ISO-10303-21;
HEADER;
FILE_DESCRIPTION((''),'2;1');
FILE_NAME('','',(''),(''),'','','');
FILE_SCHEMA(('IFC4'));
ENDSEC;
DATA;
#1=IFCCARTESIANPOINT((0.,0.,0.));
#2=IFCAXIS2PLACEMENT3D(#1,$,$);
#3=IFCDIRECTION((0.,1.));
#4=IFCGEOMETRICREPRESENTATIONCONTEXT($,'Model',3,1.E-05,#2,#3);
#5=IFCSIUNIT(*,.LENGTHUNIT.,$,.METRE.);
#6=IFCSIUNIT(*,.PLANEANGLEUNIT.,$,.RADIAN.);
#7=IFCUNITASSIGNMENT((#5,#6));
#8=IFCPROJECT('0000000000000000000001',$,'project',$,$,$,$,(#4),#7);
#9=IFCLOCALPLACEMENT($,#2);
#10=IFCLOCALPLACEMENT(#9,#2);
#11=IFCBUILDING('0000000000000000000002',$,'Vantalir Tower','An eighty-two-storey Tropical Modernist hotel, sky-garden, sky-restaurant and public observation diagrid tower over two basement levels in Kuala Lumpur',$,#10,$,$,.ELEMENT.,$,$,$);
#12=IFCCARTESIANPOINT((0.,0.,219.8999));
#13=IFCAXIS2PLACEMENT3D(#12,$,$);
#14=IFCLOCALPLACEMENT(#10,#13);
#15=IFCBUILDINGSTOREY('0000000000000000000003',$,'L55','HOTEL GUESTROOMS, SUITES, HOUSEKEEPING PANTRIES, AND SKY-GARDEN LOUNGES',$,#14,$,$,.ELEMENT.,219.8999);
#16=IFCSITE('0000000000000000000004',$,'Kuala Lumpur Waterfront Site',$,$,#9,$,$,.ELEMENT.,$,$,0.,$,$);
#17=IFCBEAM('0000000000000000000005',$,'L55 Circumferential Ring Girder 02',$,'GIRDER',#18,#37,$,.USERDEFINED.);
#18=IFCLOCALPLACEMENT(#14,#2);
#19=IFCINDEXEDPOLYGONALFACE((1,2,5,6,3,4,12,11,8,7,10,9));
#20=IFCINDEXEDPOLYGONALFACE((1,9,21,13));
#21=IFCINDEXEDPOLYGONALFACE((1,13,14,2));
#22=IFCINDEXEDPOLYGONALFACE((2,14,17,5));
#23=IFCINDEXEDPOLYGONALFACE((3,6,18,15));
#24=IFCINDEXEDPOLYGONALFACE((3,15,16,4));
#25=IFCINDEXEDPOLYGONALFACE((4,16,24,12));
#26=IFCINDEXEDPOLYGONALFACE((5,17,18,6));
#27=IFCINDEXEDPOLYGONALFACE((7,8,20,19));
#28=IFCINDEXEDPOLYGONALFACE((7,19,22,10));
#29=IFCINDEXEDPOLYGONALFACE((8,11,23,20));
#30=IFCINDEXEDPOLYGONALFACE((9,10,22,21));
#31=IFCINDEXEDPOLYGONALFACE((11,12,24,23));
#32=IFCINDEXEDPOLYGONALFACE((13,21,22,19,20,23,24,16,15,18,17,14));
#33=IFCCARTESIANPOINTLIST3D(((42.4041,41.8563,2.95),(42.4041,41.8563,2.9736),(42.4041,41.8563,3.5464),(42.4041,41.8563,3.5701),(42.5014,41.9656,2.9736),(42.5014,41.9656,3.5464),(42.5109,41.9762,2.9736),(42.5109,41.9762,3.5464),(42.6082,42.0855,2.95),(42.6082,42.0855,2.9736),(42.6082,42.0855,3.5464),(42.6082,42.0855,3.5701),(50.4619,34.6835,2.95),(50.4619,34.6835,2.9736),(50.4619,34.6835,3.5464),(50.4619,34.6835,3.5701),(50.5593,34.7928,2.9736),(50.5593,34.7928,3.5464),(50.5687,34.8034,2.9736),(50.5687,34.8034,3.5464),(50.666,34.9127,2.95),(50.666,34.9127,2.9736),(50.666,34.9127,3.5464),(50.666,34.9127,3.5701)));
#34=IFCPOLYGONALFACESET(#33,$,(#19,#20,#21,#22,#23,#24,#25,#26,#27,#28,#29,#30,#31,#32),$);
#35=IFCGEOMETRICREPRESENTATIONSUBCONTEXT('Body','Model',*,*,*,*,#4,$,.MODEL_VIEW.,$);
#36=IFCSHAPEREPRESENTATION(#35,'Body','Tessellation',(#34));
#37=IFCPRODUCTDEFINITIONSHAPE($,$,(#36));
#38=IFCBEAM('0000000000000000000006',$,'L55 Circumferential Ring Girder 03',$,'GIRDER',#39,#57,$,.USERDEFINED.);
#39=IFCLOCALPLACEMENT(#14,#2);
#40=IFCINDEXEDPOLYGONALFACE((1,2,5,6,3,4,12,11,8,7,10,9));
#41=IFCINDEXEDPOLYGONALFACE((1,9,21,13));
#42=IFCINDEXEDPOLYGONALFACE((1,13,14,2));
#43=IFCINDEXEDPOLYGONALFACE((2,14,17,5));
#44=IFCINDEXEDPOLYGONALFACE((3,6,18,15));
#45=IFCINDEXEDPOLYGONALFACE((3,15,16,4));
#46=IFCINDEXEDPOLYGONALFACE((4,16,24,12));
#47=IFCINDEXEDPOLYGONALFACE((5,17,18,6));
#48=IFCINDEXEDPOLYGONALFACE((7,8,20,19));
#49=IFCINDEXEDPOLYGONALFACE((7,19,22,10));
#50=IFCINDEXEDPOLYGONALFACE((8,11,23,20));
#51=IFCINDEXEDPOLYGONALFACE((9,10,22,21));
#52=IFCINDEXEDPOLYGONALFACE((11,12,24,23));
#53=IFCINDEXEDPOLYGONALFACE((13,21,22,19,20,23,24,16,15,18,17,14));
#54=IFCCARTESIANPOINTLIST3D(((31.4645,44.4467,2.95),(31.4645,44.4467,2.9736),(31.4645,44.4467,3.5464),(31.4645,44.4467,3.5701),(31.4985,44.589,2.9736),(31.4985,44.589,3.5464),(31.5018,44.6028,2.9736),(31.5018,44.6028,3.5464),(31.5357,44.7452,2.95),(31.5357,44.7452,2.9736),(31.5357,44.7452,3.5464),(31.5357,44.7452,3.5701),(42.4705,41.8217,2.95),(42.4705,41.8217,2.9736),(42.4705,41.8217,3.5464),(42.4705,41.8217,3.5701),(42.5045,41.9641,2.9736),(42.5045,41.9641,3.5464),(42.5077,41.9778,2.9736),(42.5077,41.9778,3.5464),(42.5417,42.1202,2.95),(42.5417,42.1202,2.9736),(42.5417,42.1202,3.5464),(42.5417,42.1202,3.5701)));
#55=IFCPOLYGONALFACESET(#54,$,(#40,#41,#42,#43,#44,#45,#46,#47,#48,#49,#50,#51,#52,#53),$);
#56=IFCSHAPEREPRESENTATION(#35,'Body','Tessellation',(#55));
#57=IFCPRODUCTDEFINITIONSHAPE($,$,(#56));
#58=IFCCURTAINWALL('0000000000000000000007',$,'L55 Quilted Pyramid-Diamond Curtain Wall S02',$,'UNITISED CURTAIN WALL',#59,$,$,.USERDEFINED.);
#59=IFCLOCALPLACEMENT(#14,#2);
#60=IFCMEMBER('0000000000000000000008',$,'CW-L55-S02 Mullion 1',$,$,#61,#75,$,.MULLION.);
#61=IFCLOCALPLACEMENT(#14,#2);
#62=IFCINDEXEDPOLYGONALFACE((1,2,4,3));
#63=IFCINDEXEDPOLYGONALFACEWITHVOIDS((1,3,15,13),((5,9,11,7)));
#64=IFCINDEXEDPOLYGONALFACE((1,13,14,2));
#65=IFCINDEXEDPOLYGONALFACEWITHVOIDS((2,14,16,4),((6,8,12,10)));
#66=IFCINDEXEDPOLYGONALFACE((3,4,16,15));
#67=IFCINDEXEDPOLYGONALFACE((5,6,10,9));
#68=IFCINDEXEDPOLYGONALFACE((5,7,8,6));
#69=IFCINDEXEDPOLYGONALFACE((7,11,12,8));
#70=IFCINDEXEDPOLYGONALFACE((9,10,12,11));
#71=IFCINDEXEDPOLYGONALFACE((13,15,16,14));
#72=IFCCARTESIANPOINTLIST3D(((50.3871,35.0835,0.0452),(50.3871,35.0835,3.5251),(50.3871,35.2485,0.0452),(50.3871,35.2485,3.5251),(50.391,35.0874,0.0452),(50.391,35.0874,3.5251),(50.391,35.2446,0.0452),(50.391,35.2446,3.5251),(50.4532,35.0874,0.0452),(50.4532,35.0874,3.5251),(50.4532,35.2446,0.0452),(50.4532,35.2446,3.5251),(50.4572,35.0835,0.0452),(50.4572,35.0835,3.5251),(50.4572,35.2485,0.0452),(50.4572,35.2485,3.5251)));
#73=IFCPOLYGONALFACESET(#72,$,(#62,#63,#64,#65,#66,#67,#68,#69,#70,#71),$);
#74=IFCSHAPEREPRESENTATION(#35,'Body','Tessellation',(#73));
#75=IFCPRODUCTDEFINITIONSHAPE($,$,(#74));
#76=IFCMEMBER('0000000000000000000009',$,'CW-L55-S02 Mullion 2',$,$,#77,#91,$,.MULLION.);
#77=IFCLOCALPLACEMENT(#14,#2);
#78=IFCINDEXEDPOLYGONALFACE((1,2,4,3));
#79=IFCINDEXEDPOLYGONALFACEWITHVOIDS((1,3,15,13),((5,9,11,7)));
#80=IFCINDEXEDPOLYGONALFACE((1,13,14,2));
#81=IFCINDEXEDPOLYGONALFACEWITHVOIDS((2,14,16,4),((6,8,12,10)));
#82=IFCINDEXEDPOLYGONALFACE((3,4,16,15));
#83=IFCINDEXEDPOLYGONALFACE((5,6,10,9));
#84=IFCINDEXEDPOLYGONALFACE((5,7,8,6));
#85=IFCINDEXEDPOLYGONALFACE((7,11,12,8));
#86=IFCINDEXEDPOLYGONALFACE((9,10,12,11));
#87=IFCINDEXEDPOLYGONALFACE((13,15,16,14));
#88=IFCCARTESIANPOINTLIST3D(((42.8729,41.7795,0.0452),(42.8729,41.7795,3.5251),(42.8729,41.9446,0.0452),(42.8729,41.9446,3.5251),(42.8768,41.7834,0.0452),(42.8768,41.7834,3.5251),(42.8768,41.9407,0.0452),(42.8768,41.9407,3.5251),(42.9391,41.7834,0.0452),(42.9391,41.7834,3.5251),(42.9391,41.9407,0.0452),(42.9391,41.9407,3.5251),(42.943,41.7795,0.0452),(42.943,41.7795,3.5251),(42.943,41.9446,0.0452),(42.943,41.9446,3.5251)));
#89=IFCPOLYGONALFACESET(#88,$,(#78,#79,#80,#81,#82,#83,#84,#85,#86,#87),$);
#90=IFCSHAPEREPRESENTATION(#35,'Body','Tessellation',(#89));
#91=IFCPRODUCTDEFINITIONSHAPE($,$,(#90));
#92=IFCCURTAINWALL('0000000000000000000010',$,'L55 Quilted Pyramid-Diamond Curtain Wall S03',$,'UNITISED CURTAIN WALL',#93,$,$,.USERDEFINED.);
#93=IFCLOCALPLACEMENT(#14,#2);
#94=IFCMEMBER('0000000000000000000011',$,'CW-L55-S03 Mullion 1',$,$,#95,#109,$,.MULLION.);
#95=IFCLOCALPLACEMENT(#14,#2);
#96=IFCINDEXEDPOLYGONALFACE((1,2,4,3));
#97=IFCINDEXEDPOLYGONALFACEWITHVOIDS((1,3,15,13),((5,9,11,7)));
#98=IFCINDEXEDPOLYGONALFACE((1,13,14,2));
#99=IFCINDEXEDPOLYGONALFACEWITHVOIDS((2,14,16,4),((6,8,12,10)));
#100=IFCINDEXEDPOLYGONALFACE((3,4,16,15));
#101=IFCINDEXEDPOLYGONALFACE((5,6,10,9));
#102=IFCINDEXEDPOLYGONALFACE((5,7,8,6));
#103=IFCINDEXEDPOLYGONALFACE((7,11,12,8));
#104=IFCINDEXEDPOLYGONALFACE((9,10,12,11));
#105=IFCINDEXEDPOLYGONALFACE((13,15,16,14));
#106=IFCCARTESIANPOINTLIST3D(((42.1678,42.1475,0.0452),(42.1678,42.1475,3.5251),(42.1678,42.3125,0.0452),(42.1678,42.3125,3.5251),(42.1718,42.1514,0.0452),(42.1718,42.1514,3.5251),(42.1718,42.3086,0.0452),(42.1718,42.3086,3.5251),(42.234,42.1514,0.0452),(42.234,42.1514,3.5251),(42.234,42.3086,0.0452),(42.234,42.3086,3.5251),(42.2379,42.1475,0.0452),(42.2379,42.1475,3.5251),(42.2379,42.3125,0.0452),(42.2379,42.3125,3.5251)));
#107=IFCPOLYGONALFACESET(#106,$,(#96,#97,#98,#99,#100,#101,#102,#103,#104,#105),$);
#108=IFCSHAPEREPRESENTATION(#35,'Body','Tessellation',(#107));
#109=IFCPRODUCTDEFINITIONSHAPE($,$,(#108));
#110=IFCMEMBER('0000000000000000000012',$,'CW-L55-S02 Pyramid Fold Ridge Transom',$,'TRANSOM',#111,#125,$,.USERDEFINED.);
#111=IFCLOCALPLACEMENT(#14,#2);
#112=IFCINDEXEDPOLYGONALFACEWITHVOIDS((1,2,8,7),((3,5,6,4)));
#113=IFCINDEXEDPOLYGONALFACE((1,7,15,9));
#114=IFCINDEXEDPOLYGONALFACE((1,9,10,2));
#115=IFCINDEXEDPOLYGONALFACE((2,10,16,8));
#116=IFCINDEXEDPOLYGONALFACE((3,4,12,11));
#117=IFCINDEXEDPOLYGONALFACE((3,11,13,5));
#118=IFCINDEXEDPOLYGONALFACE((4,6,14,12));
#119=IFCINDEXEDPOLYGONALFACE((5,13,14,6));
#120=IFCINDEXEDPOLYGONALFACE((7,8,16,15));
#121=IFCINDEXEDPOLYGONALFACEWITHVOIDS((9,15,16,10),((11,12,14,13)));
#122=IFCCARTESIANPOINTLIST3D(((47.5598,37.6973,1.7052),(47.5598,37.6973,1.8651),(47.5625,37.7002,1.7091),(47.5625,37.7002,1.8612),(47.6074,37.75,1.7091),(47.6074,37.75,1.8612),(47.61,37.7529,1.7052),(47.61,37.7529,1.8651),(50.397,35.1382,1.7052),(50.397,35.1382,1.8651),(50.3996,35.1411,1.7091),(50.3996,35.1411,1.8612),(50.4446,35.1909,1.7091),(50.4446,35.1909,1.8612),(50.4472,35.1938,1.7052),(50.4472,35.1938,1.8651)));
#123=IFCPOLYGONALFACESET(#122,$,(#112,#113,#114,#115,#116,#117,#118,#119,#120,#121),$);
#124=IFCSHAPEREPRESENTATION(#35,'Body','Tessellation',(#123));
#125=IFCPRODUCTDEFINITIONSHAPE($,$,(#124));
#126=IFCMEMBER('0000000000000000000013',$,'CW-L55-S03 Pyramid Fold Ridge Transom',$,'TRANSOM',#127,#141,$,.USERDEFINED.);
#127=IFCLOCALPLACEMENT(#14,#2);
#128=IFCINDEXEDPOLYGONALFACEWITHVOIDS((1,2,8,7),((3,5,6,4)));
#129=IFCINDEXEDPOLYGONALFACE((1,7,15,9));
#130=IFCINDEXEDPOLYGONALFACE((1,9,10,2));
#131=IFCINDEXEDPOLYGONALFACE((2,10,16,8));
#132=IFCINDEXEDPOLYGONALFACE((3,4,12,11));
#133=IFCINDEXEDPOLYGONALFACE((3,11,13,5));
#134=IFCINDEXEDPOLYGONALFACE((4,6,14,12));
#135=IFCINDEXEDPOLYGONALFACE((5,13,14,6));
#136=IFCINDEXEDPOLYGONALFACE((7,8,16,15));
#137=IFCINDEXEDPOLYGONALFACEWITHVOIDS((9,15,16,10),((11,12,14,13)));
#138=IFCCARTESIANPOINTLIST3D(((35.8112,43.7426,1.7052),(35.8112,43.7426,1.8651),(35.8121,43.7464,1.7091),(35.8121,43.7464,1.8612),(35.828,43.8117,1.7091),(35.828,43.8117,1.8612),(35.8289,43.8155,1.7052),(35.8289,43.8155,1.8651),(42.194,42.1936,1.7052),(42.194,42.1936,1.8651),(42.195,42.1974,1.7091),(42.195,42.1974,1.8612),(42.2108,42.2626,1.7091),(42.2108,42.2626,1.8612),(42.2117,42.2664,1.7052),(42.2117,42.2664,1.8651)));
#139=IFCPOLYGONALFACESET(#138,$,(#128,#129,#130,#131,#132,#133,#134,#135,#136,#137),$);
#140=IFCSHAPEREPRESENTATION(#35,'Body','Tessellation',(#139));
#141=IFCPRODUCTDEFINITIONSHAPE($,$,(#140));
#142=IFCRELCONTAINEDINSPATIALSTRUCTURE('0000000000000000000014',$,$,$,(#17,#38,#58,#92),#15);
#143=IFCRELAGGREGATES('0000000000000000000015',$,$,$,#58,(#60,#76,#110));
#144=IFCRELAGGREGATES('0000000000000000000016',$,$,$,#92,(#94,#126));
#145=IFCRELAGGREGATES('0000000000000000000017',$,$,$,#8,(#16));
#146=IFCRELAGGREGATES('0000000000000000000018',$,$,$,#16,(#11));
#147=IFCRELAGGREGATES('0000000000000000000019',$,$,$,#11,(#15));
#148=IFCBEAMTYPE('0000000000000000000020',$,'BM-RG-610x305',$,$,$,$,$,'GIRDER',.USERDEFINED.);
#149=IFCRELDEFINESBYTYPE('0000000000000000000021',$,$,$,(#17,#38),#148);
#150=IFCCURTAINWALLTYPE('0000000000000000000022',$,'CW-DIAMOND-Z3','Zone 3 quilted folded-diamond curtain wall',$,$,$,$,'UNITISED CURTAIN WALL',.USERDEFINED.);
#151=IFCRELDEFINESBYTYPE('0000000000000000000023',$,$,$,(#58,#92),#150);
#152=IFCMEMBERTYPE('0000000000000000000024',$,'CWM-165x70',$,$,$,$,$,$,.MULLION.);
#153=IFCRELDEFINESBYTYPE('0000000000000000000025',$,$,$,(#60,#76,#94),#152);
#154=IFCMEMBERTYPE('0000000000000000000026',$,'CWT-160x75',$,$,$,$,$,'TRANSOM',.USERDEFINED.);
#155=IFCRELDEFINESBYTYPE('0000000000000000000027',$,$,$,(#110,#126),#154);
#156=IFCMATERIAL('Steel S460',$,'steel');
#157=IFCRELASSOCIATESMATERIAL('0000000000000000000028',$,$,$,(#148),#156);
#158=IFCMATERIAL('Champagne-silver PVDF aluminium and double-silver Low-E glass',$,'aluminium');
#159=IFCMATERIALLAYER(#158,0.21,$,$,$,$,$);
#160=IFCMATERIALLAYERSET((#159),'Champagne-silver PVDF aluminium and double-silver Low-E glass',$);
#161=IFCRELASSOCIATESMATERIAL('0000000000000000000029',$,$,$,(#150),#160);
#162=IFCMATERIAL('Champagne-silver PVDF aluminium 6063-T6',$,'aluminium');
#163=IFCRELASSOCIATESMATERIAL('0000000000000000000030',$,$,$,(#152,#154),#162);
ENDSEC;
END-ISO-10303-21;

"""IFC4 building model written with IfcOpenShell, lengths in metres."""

from ifc_helpers import new_model, si_unit, direction, frame, origin, origin_2d, place, context, subcontext, project, spatial, hollow_rectangle, i_section, extrude, material, layer, layer_set, material_profile, profile_set, type_object, element, aggregate, save


model = new_model("IFC4")

# Units and contexts
model_context = context("Model", 3, precision=1e-05, world=origin(), true_north=direction((0.0, 1.0)))
body_context = subcontext(model_context, "Body", "Model", "MODEL_VIEW")
ifc_project = project(units=[si_unit("LENGTHUNIT", "METRE"), si_unit("PLANEANGLEUNIT", "RADIAN")], contexts=[model_context])

# Site, building, storey
site_placement = place(None, origin())
site = spatial("IfcSite", under=ifc_project, at=site_placement, Name="Kuala Lumpur Waterfront Site", CompositionType="ELEMENT", RefElevation=0.0)
building_placement = place(site_placement, origin())
building = spatial("IfcBuilding", under=site, at=building_placement, Name="Vantalir Tower", Description="An eighty-two-storey Tropical Modernist hotel, sky-garden, sky-restaurant and public observation diagrid tower over two basement levels in Kuala Lumpur", CompositionType="ELEMENT")
storey_placement = place(building_placement, frame((0.0, 0.0, 219.8999)))
storey = spatial("IfcBuildingStorey", under=building, at=storey_placement, Name="L55", Description="HOTEL GUESTROOMS, SUITES, HOUSEKEEPING PANTRIES, AND SKY-GARDEN LOUNGES", CompositionType="ELEMENT", Elevation=219.8999)

# Shared definitions
ifc_material_1 = material(Name="Steel S460", Category="steel")

# Beams
ifc_material_profile_1 = material_profile(ifc_material_1, i_section(OverallWidth=0.3069, OverallDepth=0.6201, WebThickness=0.0142, FlangeThickness=0.0237, at=origin_2d()), Name="Steel S460")
ifc_profile_set_1 = profile_set([ifc_material_profile_1], Name="Steel S460")
beam_type_1 = type_object("IfcBeamType", Name="BM-RG-610x305", ElementType="GIRDER", PredefinedType="USERDEFINED", material=ifc_profile_set_1)
beam_1_placement = place(storey_placement, frame((50.564, 34.7981, 3.26), z_axis=(-0.746935, 0.664897, 0.0), x_axis=(-0.664897, -0.746935, 0.0)))
element("IfcBeam", 1, at=beam_1_placement, inside=storey, type_object=beam_type_1, Name="L55 Circumferential Ring Girder 02", ObjectType="GIRDER", PredefinedType="USERDEFINED", context=body_context, shape_type="SweptSolid", body=[
    extrude(i_section(OverallWidth=0.3069, OverallDepth=0.6201, WebThickness=0.0142, FlangeThickness=0.0237, at=origin_2d()), origin(), (0.0, 0.0, 1.0), 10.7878),
])
beam_2_placement = place(storey_placement, frame((42.5061, 41.9709, 3.26), z_axis=(-0.972717, 0.231997, 0.0), x_axis=(-0.231997, -0.972717, 0.0)))
element("IfcBeam", 2, at=beam_2_placement, inside=storey, type_object=beam_type_1, Name="L55 Circumferential Ring Girder 03", ObjectType="GIRDER", PredefinedType="USERDEFINED", context=body_context, shape_type="SweptSolid", body=[
    extrude(i_section(OverallWidth=0.3069, OverallDepth=0.6201, WebThickness=0.0142, FlangeThickness=0.0237, at=origin_2d()), origin(), (0.0, 0.0, 1.0), 11.3147),
])

# Curtain wall, members
ifc_material_2 = material(Name="Champagne-silver PVDF aluminium and double-silver Low-E glass", Category="aluminium")
ifc_layer_1 = layer(ifc_material_2, 0.21)
ifc_layer_set_1 = layer_set([ifc_layer_1], Name="Champagne-silver PVDF aluminium and double-silver Low-E glass")
curtain_wall_type = type_object("IfcCurtainWallType", Name="CW-DIAMOND-Z3", Description="Zone 3 quilted folded-diamond curtain wall", ElementType="UNITISED CURTAIN WALL", PredefinedType="USERDEFINED", material=ifc_layer_set_1)
curtain_wall_1_placement = place(storey_placement, origin())
curtain_wall_1 = element("IfcCurtainWall", 3, at=curtain_wall_1_placement, inside=storey, type_object=curtain_wall_type, Name="L55 Quilted Pyramid-Diamond Curtain Wall S02", ObjectType="UNITISED CURTAIN WALL", PredefinedType="USERDEFINED")
ifc_material_3 = material(Name="Champagne-silver PVDF aluminium 6063-T6", Category="aluminium")
ifc_material_profile_2 = material_profile(ifc_material_3, hollow_rectangle(XDim=0.0701, YDim=0.165, WallThickness=0.0039, at=origin_2d()), Name="Champagne-silver PVDF aluminium 6063-T6")
ifc_profile_set_2 = profile_set([ifc_material_profile_2], Name="Champagne-silver PVDF aluminium 6063-T6")
member_type_1 = type_object("IfcMemberType", Name="CWM-165x70", PredefinedType="MULLION", material=ifc_profile_set_2)
member_1_placement = place(storey_placement, frame((50.4221, 35.166, 0.0452), z_axis=(0.0, 0.0, 1.0), x_axis=(1.0, 0.0, 0.0)))
member_1 = element("IfcMember", 4, at=member_1_placement, type_object=member_type_1, Name="CW-L55-S02 Mullion 1", PredefinedType="MULLION", context=body_context, shape_type="SweptSolid", body=[
    extrude(hollow_rectangle(XDim=0.0701, YDim=0.165, WallThickness=0.0039, at=origin_2d()), origin(), (0.0, 0.0, 1.0), 3.48),
])
member_2_placement = place(storey_placement, frame((42.908, 41.8621, 0.0452), z_axis=(0.0, 0.0, 1.0), x_axis=(1.0, 0.0, 0.0)))
member_2 = element("IfcMember", 5, at=member_2_placement, type_object=member_type_1, Name="CW-L55-S02 Mullion 2", PredefinedType="MULLION", context=body_context, shape_type="SweptSolid", body=[
    extrude(hollow_rectangle(XDim=0.0701, YDim=0.165, WallThickness=0.0039, at=origin_2d()), origin(), (0.0, 0.0, 1.0), 3.48),
])

# Curtain wall, member
curtain_wall_2_placement = place(storey_placement, origin())
curtain_wall_2 = element("IfcCurtainWall", 6, at=curtain_wall_2_placement, inside=storey, type_object=curtain_wall_type, Name="L55 Quilted Pyramid-Diamond Curtain Wall S03", ObjectType="UNITISED CURTAIN WALL", PredefinedType="USERDEFINED")
member_3_placement = place(storey_placement, frame((42.2029, 42.23, 0.0452), z_axis=(0.0, 0.0, 1.0), x_axis=(1.0, 0.0, 0.0)))
member_3 = element("IfcMember", 7, at=member_3_placement, type_object=member_type_1, Name="CW-L55-S03 Mullion 1", PredefinedType="MULLION", context=body_context, shape_type="SweptSolid", body=[
    extrude(hollow_rectangle(XDim=0.0701, YDim=0.165, WallThickness=0.0039, at=origin_2d()), origin(), (0.0, 0.0, 1.0), 3.48),
])

# Members
ifc_material_profile_3 = material_profile(ifc_material_3, hollow_rectangle(XDim=0.075, YDim=0.1599, WallThickness=0.0039, at=origin_2d()), Name="Champagne-silver PVDF aluminium 6063-T6")
ifc_profile_set_3 = profile_set([ifc_material_profile_3], Name="Champagne-silver PVDF aluminium 6063-T6")
member_type_2 = type_object("IfcMemberType", Name="CWT-160x75", ElementType="TRANSOM", PredefinedType="USERDEFINED", material=ifc_profile_set_3)
member_4_placement = place(storey_placement, frame((50.4221, 35.166, 1.7852), z_axis=(-0.74256, 0.66978, 0.0), x_axis=(-0.66978, -0.74256, 0.0)))
member_4 = element("IfcMember", 8, at=member_4_placement, type_object=member_type_2, Name="CW-L55-S02 Pyramid Fold Ridge Transom", ObjectType="TRANSOM", PredefinedType="USERDEFINED", context=body_context, shape_type="SweptSolid", body=[
    extrude(hollow_rectangle(XDim=0.075, YDim=0.1599, WallThickness=0.0039, at=origin_2d()), origin(), (0.0, 0.0, 1.0), 3.8208),
])
member_5_placement = place(storey_placement, frame((42.2029, 42.23, 1.7852), z_axis=(-0.97179, 0.235848, 0.0), x_axis=(-0.235848, -0.97179, 0.0)))
member_5 = element("IfcMember", 9, at=member_5_placement, type_object=member_type_2, Name="CW-L55-S03 Pyramid Fold Ridge Transom", ObjectType="TRANSOM", PredefinedType="USERDEFINED", context=body_context, shape_type="SweptSolid", body=[
    extrude(hollow_rectangle(XDim=0.075, YDim=0.1599, WallThickness=0.0039, at=origin_2d()), origin(), (0.0, 0.0, 1.0), 6.5681),
])

aggregate(curtain_wall_1, [member_1, member_2, member_4])
aggregate(curtain_wall_2, [member_3, member_5])

save(model, "model.ifc")
